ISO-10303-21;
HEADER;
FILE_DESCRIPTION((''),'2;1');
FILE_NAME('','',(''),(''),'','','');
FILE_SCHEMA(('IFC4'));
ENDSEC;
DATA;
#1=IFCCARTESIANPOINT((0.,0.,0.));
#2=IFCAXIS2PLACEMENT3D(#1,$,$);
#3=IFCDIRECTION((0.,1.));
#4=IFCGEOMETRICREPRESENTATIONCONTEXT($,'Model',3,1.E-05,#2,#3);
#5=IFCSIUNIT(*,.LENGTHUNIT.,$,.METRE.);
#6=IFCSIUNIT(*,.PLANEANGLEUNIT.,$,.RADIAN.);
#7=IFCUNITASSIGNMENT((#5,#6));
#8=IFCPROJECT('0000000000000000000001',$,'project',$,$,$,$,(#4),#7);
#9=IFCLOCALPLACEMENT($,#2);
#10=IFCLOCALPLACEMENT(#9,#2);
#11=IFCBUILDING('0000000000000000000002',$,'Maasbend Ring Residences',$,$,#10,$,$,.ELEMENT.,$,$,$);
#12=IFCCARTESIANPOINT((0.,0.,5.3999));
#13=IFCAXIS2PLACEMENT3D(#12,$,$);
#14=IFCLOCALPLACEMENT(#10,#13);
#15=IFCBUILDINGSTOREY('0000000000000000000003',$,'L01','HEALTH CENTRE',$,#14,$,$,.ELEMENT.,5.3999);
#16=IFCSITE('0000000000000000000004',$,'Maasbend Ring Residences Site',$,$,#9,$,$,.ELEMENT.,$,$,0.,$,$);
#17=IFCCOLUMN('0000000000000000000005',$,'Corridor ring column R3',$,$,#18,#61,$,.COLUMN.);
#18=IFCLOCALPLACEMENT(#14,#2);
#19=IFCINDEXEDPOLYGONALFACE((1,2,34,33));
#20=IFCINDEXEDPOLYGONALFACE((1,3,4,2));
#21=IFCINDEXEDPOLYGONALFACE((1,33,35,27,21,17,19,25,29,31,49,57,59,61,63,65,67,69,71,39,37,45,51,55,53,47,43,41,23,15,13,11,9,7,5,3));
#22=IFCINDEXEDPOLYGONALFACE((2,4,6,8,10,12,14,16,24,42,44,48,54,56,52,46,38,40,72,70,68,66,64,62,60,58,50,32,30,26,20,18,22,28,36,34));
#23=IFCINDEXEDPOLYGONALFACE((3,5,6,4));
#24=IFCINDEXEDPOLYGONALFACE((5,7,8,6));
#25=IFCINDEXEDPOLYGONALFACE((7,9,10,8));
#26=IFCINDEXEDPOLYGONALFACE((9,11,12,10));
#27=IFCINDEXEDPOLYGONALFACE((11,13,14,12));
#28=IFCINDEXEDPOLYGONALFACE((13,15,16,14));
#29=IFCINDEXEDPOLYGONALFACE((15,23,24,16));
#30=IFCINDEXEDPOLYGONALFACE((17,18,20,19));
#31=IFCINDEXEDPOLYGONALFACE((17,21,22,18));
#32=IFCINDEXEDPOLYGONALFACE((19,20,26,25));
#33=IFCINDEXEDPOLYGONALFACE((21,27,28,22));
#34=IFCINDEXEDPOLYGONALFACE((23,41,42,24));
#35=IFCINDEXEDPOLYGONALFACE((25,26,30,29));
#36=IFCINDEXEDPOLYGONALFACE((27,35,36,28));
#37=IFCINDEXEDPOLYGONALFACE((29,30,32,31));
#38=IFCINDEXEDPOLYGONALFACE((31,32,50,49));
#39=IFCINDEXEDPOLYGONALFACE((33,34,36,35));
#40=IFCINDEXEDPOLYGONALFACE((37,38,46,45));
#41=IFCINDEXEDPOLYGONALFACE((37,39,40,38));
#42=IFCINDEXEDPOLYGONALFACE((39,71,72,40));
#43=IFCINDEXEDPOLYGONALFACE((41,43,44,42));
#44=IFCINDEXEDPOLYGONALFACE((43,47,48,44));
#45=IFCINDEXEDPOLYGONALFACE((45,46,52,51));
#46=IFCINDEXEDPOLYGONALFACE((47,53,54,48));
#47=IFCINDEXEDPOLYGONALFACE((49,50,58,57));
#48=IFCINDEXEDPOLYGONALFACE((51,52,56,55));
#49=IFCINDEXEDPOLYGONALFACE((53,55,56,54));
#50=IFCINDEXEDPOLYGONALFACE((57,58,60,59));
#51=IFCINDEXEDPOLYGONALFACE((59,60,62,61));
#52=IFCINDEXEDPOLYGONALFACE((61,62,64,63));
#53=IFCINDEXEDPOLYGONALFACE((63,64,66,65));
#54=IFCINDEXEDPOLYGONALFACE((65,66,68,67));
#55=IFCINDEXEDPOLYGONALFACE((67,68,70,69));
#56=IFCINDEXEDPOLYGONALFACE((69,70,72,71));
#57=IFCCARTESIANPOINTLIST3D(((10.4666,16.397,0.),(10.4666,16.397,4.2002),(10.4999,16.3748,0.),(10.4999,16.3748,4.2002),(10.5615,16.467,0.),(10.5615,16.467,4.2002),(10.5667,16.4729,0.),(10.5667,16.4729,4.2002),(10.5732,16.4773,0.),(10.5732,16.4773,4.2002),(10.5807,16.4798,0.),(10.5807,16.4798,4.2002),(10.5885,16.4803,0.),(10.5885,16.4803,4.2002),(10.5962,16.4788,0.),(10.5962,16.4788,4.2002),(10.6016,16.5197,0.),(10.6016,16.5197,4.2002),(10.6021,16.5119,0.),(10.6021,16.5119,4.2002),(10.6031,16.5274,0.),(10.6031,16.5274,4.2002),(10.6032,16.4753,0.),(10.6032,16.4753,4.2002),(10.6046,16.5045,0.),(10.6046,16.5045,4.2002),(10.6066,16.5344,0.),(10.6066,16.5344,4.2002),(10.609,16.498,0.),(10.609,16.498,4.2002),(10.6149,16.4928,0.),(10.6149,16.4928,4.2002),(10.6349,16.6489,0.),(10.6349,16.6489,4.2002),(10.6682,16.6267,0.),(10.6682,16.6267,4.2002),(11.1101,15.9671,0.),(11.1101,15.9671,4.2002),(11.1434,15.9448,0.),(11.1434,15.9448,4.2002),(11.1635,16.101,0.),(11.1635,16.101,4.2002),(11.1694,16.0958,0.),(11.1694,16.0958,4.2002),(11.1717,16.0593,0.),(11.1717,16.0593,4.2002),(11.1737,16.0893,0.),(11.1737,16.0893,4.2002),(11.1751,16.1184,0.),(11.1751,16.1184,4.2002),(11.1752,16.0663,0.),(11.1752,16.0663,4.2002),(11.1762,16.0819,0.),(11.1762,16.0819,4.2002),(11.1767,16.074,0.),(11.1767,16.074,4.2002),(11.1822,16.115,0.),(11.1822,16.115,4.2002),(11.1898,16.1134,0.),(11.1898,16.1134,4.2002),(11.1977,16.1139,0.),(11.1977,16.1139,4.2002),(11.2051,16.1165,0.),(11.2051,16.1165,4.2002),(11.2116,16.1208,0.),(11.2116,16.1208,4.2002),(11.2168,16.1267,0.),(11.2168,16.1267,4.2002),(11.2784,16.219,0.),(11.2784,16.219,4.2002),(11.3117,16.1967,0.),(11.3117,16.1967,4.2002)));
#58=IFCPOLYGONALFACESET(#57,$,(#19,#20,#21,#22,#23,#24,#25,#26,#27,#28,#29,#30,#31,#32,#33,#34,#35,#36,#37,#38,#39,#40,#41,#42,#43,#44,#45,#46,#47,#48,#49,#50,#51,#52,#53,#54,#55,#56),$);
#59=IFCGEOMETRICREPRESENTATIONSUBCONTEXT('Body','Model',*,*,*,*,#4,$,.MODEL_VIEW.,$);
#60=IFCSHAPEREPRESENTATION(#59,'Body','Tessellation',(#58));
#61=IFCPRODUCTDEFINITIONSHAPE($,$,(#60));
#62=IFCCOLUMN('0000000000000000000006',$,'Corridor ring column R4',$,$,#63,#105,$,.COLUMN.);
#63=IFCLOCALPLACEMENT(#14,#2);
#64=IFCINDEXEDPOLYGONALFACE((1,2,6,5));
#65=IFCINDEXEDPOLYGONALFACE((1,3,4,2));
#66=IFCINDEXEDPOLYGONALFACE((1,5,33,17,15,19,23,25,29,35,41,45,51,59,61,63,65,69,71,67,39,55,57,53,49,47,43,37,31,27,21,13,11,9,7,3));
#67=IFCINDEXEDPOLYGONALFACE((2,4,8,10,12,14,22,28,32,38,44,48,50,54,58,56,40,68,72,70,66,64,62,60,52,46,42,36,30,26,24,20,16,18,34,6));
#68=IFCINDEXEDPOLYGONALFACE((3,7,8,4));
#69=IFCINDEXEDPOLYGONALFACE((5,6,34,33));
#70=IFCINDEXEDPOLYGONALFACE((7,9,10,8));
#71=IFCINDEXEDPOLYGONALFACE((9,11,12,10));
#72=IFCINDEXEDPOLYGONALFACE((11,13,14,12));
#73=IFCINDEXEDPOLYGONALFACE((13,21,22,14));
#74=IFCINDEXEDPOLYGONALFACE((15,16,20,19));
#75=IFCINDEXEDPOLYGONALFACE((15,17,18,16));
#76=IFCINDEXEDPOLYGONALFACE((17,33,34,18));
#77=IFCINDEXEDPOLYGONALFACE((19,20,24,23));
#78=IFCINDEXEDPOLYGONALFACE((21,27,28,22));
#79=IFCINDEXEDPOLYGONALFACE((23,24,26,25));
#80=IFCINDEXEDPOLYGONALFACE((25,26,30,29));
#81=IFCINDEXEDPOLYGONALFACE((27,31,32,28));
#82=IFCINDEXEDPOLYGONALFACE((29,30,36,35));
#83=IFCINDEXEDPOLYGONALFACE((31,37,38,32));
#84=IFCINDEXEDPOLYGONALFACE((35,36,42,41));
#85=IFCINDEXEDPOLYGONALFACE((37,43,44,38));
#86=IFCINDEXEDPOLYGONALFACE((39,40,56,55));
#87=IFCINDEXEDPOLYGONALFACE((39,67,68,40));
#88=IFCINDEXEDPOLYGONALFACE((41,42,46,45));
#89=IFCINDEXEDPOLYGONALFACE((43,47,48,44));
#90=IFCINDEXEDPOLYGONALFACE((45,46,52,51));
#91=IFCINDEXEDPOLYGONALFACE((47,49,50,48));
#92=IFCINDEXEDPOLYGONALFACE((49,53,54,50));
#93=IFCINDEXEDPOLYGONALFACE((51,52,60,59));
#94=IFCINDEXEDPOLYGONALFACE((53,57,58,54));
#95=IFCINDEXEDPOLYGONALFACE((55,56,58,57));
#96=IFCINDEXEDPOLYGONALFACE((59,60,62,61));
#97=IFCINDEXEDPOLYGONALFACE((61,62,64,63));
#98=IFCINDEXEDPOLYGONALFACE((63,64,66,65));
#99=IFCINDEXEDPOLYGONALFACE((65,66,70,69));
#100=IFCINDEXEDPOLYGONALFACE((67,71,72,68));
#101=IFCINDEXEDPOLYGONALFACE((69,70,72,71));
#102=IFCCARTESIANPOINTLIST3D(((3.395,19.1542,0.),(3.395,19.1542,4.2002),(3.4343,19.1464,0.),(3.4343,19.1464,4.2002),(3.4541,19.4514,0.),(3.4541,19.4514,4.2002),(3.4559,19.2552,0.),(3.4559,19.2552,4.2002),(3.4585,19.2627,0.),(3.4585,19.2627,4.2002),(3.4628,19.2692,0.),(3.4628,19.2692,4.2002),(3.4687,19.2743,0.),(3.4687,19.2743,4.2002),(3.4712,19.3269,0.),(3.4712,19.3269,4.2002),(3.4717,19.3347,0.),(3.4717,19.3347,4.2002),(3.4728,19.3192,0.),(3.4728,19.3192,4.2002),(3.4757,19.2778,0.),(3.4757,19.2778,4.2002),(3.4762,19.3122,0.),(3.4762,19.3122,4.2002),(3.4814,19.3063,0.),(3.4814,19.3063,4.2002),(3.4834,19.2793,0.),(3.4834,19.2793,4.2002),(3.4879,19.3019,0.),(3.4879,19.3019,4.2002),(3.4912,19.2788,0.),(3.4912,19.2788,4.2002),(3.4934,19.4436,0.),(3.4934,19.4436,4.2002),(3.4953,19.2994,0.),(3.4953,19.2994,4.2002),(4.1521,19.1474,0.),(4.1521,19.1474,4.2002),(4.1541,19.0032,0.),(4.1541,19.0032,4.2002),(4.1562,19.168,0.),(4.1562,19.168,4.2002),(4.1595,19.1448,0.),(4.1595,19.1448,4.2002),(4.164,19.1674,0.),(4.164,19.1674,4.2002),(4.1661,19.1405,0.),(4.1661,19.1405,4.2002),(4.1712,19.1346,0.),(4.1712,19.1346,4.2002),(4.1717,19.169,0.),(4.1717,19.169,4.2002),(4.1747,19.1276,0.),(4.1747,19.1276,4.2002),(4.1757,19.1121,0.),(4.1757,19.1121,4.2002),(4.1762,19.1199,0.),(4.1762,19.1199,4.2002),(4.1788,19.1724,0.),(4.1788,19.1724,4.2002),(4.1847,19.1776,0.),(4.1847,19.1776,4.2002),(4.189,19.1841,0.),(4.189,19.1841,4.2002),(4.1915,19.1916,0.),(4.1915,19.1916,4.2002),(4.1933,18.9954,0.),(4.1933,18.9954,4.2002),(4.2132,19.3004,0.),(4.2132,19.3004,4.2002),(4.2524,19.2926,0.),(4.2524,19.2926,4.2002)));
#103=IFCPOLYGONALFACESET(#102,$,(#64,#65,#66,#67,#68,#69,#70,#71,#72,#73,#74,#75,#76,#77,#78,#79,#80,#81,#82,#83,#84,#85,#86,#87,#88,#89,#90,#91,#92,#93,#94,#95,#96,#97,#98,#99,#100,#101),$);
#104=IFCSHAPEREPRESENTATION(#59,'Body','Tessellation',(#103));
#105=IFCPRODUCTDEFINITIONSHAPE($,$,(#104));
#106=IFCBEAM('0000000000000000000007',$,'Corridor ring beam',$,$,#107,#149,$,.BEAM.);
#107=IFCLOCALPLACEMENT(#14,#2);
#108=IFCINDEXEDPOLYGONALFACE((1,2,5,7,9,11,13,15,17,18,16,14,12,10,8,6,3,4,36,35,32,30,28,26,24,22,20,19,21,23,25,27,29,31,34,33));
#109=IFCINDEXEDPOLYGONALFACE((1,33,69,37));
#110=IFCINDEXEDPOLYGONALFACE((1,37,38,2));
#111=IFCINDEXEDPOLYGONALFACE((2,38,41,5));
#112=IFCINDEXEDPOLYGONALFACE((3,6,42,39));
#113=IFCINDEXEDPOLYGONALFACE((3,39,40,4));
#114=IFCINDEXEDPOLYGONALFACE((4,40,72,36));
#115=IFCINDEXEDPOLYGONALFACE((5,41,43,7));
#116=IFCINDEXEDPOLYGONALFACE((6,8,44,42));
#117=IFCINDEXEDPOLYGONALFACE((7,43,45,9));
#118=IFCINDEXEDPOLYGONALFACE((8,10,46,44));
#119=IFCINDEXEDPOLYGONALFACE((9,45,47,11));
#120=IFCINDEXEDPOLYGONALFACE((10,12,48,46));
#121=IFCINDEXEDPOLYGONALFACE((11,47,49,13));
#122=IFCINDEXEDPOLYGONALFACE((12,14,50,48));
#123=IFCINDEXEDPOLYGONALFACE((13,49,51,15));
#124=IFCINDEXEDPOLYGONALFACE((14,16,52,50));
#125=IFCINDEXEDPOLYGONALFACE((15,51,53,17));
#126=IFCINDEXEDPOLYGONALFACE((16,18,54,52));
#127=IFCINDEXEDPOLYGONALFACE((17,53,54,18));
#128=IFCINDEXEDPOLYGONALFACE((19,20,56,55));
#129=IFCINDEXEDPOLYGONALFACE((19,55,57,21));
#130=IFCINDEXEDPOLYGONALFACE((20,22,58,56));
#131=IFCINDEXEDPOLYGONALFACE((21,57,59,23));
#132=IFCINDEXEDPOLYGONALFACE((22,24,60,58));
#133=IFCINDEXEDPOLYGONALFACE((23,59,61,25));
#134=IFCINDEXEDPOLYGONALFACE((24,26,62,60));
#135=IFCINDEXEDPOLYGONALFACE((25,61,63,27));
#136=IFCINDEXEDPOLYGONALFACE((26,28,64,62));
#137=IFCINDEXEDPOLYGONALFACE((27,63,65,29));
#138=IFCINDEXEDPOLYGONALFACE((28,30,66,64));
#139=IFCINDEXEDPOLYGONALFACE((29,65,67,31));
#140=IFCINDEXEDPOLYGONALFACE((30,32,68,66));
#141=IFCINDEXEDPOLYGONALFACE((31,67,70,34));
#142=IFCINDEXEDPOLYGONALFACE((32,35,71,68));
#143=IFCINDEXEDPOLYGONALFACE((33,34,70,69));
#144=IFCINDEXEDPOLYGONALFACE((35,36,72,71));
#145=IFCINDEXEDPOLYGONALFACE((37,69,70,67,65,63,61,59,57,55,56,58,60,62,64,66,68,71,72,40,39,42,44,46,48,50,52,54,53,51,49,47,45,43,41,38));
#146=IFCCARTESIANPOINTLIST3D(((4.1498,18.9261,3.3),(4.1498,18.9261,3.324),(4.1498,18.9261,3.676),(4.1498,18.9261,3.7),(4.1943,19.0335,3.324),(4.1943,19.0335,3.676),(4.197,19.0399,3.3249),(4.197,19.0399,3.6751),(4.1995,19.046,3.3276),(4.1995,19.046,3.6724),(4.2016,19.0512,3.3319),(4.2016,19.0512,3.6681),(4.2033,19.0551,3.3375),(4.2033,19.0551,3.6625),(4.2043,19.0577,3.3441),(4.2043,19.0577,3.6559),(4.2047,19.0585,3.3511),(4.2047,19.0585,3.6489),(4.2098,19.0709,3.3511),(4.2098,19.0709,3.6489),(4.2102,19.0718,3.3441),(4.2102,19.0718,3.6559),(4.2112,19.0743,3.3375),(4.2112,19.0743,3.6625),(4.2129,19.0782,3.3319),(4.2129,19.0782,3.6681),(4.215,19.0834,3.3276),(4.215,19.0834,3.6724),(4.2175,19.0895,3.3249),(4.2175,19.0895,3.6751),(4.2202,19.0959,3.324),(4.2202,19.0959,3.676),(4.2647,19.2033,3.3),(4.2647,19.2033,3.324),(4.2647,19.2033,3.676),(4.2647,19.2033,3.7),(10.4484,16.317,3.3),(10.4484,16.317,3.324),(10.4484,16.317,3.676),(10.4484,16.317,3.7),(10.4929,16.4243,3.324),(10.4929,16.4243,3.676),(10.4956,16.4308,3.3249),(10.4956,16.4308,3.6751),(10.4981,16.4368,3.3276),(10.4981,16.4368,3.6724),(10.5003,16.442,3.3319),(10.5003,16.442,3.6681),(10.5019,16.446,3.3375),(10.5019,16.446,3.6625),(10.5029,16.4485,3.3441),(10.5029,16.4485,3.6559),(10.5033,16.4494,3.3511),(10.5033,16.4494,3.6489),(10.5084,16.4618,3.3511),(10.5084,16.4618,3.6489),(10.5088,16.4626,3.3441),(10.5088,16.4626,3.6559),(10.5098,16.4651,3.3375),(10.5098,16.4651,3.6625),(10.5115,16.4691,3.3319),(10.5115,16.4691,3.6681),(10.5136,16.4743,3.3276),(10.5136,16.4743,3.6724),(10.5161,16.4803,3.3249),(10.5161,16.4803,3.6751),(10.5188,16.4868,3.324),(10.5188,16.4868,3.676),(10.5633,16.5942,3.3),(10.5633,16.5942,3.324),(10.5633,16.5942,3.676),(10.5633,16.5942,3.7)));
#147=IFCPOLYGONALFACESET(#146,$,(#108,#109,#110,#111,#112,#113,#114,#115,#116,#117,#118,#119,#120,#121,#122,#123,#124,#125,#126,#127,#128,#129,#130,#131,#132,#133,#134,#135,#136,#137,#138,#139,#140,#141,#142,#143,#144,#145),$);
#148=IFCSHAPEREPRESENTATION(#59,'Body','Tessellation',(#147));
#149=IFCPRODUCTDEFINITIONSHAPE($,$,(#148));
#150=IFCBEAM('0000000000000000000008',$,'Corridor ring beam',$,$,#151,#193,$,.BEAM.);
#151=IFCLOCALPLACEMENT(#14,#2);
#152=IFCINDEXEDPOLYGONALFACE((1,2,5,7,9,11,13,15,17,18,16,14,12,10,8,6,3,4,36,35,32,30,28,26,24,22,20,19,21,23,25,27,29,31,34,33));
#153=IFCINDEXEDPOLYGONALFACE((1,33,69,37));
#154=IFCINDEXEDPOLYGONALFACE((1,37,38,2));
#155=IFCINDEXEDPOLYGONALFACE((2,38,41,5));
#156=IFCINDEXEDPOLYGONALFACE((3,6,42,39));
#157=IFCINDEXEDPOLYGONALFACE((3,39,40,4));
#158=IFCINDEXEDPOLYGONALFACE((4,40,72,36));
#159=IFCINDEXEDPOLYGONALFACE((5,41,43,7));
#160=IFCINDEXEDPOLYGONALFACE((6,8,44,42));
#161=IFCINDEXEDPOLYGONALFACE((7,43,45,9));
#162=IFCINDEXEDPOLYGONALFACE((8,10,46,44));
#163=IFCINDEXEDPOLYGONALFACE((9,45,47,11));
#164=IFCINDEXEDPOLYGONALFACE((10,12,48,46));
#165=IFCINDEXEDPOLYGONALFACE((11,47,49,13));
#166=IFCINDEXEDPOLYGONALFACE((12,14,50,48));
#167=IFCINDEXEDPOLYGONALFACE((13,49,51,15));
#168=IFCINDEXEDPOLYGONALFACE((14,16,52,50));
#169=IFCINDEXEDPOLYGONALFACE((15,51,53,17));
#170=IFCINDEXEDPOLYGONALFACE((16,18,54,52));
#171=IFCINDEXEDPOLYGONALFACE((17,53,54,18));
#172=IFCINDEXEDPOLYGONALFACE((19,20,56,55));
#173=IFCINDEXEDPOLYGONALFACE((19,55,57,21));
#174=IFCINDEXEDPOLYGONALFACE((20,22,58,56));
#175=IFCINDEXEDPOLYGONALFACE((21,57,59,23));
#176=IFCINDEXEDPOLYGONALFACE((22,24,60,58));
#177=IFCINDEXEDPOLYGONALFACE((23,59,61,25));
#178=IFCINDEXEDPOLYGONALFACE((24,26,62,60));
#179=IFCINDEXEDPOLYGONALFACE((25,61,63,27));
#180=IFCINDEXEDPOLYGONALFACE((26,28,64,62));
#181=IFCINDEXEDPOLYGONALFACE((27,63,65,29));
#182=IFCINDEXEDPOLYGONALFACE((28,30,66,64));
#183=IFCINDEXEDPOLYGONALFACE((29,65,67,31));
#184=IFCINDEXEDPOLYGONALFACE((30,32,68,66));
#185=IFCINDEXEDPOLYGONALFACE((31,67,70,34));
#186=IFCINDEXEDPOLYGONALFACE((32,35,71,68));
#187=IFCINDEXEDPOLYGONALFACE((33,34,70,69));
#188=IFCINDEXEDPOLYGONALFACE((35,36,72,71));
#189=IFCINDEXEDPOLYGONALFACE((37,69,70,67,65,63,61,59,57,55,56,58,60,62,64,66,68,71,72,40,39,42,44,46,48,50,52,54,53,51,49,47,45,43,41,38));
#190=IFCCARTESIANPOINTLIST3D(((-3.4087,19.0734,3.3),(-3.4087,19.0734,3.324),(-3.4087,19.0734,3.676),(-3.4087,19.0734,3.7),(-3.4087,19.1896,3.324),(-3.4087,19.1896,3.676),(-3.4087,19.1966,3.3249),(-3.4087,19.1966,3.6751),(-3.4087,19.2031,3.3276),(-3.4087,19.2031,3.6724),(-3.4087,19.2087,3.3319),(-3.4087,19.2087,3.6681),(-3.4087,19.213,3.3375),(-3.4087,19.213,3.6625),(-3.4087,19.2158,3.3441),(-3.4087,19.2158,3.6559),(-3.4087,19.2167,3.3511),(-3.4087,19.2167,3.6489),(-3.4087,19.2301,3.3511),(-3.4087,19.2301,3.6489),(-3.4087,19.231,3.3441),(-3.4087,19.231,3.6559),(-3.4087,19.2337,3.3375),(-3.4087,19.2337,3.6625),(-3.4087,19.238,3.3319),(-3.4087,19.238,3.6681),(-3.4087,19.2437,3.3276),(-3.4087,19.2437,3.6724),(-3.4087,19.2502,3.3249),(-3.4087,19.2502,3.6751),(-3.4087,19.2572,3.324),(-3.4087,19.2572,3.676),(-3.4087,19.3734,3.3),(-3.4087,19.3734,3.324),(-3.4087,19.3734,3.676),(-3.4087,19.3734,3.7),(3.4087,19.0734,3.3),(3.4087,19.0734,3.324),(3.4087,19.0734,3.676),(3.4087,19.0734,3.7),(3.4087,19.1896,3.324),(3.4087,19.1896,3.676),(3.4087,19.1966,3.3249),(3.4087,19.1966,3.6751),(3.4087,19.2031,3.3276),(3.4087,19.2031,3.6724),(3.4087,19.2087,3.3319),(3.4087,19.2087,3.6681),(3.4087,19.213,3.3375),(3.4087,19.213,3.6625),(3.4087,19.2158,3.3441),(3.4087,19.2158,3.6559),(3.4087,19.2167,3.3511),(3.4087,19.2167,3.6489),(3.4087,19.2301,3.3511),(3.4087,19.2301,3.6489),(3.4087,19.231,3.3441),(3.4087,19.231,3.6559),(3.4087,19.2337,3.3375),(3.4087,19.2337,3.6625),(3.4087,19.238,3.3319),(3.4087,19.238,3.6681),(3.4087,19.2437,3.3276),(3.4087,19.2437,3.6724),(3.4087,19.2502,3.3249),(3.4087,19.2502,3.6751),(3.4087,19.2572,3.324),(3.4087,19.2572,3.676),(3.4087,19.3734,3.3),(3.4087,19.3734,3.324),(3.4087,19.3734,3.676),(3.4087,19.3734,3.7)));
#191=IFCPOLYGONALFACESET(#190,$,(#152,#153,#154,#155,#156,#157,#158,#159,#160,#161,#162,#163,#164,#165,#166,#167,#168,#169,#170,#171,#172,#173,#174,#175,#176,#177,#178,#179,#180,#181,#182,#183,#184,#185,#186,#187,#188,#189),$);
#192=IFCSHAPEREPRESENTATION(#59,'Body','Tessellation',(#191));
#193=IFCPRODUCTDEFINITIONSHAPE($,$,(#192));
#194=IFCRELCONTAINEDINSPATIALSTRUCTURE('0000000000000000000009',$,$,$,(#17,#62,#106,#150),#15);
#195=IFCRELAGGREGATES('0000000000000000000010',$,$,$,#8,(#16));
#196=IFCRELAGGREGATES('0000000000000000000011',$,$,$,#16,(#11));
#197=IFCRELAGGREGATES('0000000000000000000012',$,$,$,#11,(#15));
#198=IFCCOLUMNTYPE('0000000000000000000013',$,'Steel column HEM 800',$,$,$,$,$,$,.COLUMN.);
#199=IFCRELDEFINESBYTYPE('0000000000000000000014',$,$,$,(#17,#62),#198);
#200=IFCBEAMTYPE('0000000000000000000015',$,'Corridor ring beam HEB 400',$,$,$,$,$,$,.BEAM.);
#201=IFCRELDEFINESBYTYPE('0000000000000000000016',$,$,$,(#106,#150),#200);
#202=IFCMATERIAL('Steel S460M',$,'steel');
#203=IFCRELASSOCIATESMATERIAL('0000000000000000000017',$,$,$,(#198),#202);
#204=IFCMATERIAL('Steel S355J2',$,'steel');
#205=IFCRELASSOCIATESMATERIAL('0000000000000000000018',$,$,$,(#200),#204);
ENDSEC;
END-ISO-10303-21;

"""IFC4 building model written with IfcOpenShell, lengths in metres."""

from ifc_helpers import new_model, si_unit, direction, frame, origin, origin_2d, place, context, subcontext, project, spatial, i_section, extrude, material, material_profile, profile_set, type_object, element, save


model = new_model("IFC4")

# Units and contexts
model_context = context("Model", 3, precision=1e-05, world=origin(), true_north=direction((0.0, 1.0)))
body_context = subcontext(model_context, "Body", "Model", "MODEL_VIEW")
ifc_project = project(units=[si_unit("LENGTHUNIT", "METRE"), si_unit("PLANEANGLEUNIT", "RADIAN")], contexts=[model_context])

# Site, building, storey
site_placement = place(None, origin())
site = spatial("IfcSite", under=ifc_project, at=site_placement, Name="Maasbend Ring Residences Site", CompositionType="ELEMENT", RefElevation=0.0)
building_placement = place(site_placement, origin())
building = spatial("IfcBuilding", under=site, at=building_placement, Name="Maasbend Ring Residences", CompositionType="ELEMENT")
storey_placement = place(building_placement, frame((0.0, 0.0, 5.3999)))
storey = spatial("IfcBuildingStorey", under=building, at=storey_placement, Name="L01", Description="HEALTH CENTRE", CompositionType="ELEMENT", Elevation=5.3999)

# Columns
ifc_material_1 = material(Name="Steel S460M", Category="steel")
ifc_material_profile_1 = material_profile(ifc_material_1, i_section(OverallWidth=0.303, OverallDepth=0.814, WebThickness=0.021, FlangeThickness=0.04, FilletRadius=0.03, at=origin_2d()), Name="HEM 800")
ifc_profile_set_1 = profile_set([ifc_material_profile_1], Name="Steel S460M")
column_type = type_object("IfcColumnType", Name="Steel column HEM 800", PredefinedType="COLUMN", material=ifc_profile_set_1)
for number, where, z_axis, x_axis, name in (
    (1, (10.8892, 16.2969, 0.0), (0.0, 0.0, 1.0), (0.55557, 0.83147, 0.0), "Corridor ring column R3"),
    (2, (3.8237, 19.2234, 0.0), (0.0, 0.0, 1.0), (0.19509, 0.980785, 0.0), "Corridor ring column R4"),
):
    element("IfcColumn", number, at=place(storey_placement, frame(where, z_axis=z_axis, x_axis=x_axis)), inside=storey, type_object=column_type, Name=name, PredefinedType="COLUMN", context=body_context, shape_type="SweptSolid", body=[
        extrude(i_section(OverallWidth=0.303, OverallDepth=0.814, WebThickness=0.021, FlangeThickness=0.04, FilletRadius=0.03, at=origin_2d()), origin(), (0.0, 0.0, 1.0), 4.2002),
    ])

# Beams
ifc_material_2 = material(Name="Steel S355J2", Category="steel")
ifc_material_profile_2 = material_profile(ifc_material_2, i_section(OverallWidth=0.3, OverallDepth=0.3999, WebThickness=0.0134, FlangeThickness=0.0239, FilletRadius=0.0271, at=origin_2d()), Name="HEB 400")
ifc_profile_set_2 = profile_set([ifc_material_profile_2], Name="Steel S355J2")
beam_type = type_object("IfcBeamType", Name="Corridor ring beam HEB 400", PredefinedType="BEAM", material=ifc_profile_set_2)
beam_1_placement = place(storey_placement, frame((10.5059, 16.4556, 3.5), z_axis=(-0.923871, 0.382705, 0.0), x_axis=(-0.382705, -0.923871, 0.0)))
element("IfcBeam", 3, at=beam_1_placement, inside=storey, type_object=beam_type, Name="Corridor ring beam", PredefinedType="BEAM", context=body_context, shape_type="SweptSolid", body=[
    extrude(i_section(OverallWidth=0.3, OverallDepth=0.3999, WebThickness=0.0134, FlangeThickness=0.0239, FilletRadius=0.0271, at=origin_2d()), origin(), (0.0, 0.0, 1.0), 6.8176),
])
beam_2_placement = place(storey_placement, frame((3.4087, 19.2234, 3.5), z_axis=(-1.0, 0.0, 0.0), x_axis=(0.0, -1.0, 0.0)))
element("IfcBeam", 4, at=beam_2_placement, inside=storey, type_object=beam_type, Name="Corridor ring beam", PredefinedType="BEAM", context=body_context, shape_type="SweptSolid", body=[
    extrude(i_section(OverallWidth=0.3, OverallDepth=0.3999, WebThickness=0.0134, FlangeThickness=0.0239, FilletRadius=0.0271, at=origin_2d()), origin(), (0.0, 0.0, 1.0), 6.8174),
])

save(model, "model.ifc")
